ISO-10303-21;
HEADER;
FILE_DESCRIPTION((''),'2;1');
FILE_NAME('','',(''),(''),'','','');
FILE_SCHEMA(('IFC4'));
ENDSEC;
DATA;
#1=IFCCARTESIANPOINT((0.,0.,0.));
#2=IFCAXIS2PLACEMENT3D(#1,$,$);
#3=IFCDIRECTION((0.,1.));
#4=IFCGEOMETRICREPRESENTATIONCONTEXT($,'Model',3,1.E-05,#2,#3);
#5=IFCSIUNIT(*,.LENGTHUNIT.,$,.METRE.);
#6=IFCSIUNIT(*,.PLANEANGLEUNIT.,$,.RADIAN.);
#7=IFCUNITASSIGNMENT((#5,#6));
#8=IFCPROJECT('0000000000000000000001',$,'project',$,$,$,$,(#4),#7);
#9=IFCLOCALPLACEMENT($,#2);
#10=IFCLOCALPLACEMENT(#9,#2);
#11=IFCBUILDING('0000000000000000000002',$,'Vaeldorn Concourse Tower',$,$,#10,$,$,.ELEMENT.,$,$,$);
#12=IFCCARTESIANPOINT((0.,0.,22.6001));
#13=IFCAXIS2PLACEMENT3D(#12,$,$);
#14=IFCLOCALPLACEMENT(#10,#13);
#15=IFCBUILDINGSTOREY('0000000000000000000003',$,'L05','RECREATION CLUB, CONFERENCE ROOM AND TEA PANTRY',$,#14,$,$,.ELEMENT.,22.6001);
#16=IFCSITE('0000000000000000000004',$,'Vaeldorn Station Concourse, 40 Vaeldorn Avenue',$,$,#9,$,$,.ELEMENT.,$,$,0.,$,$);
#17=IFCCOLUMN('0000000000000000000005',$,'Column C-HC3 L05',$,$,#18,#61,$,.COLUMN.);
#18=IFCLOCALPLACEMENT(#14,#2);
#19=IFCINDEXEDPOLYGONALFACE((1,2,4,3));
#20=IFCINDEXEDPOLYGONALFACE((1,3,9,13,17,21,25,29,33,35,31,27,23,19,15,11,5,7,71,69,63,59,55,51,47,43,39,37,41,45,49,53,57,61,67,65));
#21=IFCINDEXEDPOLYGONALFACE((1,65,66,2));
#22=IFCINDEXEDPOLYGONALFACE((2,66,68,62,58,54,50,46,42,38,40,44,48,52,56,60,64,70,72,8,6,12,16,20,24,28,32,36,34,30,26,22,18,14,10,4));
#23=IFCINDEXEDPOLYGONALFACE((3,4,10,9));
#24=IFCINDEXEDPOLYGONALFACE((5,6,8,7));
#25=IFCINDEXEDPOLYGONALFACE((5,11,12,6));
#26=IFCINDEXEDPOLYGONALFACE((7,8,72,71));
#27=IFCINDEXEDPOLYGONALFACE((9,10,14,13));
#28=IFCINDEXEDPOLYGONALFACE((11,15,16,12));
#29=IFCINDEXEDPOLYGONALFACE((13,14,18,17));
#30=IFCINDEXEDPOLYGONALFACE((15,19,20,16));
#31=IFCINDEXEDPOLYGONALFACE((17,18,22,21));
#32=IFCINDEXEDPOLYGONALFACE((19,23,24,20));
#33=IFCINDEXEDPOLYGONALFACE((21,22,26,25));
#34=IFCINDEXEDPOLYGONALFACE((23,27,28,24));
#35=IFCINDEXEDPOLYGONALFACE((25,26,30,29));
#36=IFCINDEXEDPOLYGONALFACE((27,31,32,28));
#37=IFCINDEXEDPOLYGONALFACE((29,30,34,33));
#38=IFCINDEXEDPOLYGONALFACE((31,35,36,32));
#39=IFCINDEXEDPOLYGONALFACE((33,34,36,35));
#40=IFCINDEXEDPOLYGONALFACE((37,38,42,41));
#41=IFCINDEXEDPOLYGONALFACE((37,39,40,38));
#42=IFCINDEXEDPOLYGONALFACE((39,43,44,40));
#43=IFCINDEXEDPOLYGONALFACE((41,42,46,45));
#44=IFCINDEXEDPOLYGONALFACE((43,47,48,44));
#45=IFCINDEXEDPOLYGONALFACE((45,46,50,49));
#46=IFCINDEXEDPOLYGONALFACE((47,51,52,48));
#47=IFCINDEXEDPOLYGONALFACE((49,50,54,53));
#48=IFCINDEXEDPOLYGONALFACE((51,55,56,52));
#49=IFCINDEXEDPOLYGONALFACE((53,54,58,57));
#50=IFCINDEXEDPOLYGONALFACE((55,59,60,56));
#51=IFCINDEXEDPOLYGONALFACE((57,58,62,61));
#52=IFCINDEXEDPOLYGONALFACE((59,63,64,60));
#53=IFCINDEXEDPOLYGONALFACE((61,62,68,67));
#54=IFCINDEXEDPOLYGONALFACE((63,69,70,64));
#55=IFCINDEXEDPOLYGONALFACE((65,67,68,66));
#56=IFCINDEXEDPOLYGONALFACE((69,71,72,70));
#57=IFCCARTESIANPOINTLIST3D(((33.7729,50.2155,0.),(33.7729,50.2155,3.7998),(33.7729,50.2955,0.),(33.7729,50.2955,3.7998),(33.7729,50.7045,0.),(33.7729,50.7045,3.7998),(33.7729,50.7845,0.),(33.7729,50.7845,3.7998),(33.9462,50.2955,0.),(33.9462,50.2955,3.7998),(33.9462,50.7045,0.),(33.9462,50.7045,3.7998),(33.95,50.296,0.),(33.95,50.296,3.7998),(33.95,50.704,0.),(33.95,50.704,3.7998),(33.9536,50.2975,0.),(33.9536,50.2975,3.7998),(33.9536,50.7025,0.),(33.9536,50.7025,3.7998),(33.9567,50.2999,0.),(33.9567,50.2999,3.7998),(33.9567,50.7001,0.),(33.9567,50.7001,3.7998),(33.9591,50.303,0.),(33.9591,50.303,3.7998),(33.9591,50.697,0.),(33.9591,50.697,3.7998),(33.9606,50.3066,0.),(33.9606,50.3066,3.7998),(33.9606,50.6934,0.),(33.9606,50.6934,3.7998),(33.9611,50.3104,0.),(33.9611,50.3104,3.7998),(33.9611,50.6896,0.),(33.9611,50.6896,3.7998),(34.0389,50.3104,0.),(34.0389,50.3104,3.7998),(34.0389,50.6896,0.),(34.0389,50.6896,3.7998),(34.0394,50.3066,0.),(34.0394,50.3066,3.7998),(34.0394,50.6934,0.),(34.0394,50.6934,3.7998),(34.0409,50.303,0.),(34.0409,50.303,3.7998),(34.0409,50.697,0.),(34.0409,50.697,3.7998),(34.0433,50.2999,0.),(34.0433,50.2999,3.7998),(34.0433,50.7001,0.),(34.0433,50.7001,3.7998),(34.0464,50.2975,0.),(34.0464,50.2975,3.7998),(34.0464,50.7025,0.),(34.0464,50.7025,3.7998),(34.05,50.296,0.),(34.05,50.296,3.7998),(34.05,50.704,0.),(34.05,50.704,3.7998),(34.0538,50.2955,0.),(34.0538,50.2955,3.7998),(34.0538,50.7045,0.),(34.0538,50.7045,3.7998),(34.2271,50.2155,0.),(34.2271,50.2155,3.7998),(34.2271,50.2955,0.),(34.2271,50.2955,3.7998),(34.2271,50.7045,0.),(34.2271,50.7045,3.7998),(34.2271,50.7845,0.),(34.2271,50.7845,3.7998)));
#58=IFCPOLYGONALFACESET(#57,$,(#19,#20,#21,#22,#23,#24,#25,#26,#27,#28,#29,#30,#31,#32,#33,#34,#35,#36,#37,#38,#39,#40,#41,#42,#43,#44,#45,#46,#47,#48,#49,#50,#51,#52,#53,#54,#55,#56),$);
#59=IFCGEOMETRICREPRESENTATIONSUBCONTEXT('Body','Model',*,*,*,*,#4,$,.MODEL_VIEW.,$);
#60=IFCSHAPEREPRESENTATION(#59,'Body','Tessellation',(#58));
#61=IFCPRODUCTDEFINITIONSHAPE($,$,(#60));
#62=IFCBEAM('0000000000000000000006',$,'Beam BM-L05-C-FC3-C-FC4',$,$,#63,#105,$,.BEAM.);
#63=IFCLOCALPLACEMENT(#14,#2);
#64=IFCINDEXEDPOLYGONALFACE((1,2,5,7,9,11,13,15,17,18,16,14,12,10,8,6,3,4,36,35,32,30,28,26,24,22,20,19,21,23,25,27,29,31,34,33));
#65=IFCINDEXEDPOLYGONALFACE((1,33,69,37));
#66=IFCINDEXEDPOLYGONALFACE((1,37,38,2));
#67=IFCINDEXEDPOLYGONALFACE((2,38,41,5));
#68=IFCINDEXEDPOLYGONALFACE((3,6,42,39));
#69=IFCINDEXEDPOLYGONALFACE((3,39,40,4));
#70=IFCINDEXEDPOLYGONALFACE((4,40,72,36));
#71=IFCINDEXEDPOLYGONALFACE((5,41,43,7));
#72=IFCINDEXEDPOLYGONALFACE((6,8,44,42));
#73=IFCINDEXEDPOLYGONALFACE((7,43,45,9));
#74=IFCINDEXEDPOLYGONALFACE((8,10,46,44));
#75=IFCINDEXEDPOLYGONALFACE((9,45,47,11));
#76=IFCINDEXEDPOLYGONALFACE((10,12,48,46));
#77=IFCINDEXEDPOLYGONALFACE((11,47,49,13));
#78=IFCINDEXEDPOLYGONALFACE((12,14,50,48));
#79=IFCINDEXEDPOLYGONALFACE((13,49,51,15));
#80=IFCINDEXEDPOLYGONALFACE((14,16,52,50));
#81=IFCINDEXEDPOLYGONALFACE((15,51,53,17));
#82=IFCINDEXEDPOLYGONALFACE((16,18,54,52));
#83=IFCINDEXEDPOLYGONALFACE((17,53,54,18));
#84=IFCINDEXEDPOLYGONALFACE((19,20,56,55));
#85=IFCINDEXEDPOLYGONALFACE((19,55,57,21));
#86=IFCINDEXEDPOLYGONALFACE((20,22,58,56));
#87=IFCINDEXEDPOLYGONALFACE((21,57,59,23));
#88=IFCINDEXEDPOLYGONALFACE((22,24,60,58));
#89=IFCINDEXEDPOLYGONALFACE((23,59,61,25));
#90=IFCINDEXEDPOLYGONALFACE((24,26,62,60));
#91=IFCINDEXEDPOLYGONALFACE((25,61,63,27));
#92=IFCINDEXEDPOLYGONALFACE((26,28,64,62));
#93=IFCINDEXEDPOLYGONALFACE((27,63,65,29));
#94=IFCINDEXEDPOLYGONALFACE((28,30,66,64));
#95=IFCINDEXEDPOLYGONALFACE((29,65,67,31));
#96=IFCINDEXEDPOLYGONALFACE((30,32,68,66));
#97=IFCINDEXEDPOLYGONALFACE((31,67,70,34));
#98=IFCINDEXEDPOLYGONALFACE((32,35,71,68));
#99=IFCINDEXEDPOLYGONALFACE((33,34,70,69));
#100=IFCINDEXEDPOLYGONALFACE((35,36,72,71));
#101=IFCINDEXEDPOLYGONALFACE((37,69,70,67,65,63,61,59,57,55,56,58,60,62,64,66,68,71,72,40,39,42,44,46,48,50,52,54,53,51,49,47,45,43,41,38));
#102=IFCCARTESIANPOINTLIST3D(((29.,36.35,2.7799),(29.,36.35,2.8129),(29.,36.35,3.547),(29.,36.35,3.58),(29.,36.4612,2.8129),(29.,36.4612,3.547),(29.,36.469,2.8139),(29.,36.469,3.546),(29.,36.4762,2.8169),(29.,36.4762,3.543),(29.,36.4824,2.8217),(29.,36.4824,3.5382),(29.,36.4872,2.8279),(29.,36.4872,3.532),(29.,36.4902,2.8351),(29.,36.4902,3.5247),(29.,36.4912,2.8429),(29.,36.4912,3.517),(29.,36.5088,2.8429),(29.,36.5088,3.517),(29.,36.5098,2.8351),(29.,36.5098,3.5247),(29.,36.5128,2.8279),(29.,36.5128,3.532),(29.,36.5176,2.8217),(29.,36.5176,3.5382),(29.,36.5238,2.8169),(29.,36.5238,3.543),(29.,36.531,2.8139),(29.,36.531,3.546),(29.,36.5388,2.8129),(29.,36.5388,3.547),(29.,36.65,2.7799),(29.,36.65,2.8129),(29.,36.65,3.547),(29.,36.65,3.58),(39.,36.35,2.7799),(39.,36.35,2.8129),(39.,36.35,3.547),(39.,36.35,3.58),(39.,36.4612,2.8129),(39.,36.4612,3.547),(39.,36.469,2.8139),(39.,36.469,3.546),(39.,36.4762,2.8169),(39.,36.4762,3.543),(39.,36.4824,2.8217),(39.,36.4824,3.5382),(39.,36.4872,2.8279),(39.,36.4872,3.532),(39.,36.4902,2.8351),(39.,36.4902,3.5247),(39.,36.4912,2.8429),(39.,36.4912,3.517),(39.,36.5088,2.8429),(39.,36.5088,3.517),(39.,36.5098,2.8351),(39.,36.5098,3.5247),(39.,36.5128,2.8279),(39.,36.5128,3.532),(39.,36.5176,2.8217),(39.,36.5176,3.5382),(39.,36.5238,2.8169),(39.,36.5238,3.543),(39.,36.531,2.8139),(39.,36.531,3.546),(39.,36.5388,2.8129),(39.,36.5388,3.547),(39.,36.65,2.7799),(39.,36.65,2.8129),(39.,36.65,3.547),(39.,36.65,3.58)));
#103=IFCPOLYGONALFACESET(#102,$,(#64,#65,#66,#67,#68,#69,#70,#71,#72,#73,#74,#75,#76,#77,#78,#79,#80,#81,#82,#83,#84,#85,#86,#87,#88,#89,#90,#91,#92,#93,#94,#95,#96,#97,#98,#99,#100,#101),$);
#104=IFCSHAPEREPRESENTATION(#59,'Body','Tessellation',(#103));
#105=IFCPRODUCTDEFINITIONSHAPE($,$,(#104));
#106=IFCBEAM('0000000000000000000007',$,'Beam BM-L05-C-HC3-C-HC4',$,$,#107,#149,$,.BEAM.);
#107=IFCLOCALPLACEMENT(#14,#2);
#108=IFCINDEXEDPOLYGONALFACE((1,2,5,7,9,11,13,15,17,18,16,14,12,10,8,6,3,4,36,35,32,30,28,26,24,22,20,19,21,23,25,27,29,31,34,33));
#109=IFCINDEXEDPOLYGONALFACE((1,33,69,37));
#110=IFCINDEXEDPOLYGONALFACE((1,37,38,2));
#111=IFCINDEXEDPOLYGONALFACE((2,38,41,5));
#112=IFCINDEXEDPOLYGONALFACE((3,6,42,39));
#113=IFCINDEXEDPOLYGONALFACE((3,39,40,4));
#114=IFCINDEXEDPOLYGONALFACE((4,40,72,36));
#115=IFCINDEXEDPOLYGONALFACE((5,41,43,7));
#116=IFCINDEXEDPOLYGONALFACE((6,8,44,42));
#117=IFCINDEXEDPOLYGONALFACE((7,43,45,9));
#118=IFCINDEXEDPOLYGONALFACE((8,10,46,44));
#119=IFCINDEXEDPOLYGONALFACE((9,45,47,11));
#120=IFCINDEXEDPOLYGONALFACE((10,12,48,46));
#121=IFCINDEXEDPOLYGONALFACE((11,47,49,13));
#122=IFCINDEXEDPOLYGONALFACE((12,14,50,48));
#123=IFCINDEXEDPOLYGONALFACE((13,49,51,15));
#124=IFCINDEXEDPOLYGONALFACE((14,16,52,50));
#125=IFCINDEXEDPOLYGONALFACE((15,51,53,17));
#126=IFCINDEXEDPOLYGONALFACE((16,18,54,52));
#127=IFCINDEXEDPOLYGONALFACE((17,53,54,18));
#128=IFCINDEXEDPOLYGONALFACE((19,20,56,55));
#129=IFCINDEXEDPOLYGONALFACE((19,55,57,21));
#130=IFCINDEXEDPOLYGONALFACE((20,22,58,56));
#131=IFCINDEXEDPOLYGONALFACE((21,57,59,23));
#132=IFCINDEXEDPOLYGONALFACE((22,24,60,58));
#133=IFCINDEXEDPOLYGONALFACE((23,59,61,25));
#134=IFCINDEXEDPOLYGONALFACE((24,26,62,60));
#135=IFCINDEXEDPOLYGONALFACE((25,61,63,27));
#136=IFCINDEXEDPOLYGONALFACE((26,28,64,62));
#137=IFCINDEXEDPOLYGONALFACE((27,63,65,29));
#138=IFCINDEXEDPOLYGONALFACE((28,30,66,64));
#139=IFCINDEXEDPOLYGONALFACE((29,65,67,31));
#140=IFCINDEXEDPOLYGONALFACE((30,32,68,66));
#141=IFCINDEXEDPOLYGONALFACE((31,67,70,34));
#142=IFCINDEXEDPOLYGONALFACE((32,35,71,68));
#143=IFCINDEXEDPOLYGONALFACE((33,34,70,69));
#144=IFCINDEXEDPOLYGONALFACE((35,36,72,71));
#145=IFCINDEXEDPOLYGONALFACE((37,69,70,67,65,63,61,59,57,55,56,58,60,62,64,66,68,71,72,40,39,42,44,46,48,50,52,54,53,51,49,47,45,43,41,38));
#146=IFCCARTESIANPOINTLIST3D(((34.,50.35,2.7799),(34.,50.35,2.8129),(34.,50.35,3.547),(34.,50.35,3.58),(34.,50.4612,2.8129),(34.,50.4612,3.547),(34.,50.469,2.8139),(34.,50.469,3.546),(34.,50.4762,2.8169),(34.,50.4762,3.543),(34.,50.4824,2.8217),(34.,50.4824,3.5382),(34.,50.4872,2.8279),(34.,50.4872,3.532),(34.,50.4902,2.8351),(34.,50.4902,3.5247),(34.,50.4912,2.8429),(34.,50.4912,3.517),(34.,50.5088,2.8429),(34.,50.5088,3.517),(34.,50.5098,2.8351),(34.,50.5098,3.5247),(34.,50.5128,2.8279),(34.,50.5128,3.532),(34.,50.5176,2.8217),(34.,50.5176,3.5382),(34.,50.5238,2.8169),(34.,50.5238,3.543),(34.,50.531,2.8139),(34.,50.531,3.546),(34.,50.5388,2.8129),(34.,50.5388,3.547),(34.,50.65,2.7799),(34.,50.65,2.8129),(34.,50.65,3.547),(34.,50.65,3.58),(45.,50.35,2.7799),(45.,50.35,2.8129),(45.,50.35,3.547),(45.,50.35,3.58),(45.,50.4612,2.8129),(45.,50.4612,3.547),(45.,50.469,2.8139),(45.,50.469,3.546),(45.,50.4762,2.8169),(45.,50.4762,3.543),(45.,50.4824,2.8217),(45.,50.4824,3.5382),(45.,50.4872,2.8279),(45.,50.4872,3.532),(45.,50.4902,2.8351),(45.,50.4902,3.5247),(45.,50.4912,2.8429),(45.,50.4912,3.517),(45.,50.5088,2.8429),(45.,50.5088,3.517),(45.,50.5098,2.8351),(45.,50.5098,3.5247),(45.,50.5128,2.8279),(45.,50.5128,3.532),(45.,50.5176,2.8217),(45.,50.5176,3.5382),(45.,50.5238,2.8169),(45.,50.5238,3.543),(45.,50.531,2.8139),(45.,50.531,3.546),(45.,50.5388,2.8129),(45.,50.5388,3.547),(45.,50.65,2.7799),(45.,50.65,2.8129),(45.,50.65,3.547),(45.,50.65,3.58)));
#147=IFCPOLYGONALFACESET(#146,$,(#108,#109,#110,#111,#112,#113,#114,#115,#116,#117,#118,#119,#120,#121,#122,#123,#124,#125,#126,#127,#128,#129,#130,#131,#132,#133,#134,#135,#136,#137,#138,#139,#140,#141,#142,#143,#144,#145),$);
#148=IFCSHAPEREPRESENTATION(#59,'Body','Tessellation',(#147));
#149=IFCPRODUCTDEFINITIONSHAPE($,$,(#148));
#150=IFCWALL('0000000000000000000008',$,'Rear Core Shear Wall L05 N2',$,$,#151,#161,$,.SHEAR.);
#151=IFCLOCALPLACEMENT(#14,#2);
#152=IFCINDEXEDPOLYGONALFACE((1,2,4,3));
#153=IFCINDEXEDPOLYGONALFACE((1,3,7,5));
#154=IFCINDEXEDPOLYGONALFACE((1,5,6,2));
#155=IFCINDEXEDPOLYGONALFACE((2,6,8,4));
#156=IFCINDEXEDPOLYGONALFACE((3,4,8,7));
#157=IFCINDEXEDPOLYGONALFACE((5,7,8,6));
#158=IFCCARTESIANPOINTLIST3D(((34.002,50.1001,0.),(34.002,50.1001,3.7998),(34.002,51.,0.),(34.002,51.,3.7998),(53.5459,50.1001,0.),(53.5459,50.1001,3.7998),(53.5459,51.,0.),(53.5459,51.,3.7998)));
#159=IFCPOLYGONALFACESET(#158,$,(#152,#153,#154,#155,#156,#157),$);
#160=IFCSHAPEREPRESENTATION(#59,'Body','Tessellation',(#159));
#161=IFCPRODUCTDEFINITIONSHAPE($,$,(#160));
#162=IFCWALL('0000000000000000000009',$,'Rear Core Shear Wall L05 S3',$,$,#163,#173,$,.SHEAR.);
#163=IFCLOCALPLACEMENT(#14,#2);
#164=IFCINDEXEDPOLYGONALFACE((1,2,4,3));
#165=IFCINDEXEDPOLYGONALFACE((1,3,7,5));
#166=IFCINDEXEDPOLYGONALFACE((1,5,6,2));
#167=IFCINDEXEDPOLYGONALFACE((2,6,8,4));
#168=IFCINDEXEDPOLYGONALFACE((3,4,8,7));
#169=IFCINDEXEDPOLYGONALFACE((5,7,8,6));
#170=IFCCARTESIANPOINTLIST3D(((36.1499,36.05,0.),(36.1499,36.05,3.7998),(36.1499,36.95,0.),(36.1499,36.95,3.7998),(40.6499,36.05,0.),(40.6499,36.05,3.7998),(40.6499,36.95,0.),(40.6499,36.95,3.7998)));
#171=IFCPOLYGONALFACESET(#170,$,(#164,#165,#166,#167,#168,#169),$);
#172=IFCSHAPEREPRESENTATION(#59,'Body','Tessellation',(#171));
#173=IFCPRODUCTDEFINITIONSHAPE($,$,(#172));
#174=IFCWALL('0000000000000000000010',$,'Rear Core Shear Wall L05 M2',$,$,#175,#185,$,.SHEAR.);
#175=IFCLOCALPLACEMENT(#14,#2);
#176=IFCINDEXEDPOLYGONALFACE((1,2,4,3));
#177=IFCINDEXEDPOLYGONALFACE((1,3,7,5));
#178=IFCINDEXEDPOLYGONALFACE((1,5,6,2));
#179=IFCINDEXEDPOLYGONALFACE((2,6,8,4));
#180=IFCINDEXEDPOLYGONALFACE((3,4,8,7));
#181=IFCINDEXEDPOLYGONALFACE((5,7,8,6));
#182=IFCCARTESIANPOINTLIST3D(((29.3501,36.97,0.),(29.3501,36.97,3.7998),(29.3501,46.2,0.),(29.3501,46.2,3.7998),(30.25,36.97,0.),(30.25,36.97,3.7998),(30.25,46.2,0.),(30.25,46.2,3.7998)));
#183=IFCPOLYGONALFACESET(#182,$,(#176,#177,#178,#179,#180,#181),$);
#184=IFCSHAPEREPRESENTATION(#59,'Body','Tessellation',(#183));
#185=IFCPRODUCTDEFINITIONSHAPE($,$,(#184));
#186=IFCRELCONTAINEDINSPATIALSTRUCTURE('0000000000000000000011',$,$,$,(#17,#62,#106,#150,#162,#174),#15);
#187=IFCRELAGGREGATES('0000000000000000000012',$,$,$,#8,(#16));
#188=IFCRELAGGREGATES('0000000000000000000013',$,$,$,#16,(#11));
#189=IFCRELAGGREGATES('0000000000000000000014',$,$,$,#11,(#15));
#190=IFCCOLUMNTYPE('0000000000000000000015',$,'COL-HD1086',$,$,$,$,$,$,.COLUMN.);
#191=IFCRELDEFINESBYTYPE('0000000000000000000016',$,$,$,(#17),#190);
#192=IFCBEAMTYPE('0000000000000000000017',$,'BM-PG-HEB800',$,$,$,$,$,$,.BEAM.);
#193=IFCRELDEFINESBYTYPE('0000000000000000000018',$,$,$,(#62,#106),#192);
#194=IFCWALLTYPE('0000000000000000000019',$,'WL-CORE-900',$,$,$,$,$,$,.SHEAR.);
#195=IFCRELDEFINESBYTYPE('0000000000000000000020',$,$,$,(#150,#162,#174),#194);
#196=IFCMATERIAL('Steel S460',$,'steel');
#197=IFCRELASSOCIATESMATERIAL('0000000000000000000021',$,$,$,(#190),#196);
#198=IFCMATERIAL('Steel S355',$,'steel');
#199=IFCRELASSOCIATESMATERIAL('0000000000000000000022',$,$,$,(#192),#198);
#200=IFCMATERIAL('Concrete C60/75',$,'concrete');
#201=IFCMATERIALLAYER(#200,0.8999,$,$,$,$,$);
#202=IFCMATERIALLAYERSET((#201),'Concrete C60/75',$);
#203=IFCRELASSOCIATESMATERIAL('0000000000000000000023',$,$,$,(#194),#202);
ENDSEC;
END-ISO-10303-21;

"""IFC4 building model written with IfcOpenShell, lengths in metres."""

from ifc_helpers import new_model, si_unit, direction, frame, frame_2d, origin, origin_2d, place, context, subcontext, project, spatial, rectangle, i_section, extrude, source, transform, mapped, material, layer, layer_set, material_profile, profile_set, type_object, element, save


model = new_model("IFC4")

# Units and contexts
model_context = context("Model", 3, precision=1e-05, world=origin(), true_north=direction((0.0, 1.0)))
body_context = subcontext(model_context, "Body", "Model", "MODEL_VIEW")
ifc_project = project(units=[si_unit("LENGTHUNIT", "METRE"), si_unit("PLANEANGLEUNIT", "RADIAN")], contexts=[model_context])

# Site, building, storey
site_placement = place(None, origin())
site = spatial("IfcSite", under=ifc_project, at=site_placement, Name="Vaeldorn Station Concourse, 40 Vaeldorn Avenue", CompositionType="ELEMENT", RefElevation=0.0)
building_placement = place(site_placement, origin())
building = spatial("IfcBuilding", under=site, at=building_placement, Name="Vaeldorn Concourse Tower", CompositionType="ELEMENT")
storey_placement = place(building_placement, frame((0.0, 0.0, 22.6001)))
storey = spatial("IfcBuildingStorey", under=building, at=storey_placement, Name="L05", Description="RECREATION CLUB, CONFERENCE ROOM AND TEA PANTRY", CompositionType="ELEMENT", Elevation=22.6001)

# Column
ifc_material_1 = material(Name="Steel S460", Category="steel")
ifc_material_profile_1 = material_profile(ifc_material_1, i_section(OverallWidth=0.4541, OverallDepth=0.5691, WebThickness=0.0779, FlangeThickness=0.0801, FilletRadius=0.0149, at=origin_2d()), Name="HD 400x1086")
ifc_profile_set_1 = profile_set([ifc_material_profile_1], Name="Steel S460")
column_type = type_object("IfcColumnType", Name="COL-HD1086", PredefinedType="COLUMN", material=ifc_profile_set_1)
shared_shape_1 = source(origin(), body_context, "Body", "SweptSolid", [
    extrude(i_section(OverallWidth=0.4541, OverallDepth=0.5691, WebThickness=0.0779, FlangeThickness=0.0801, FilletRadius=0.0149, at=origin_2d()), origin(), (0.0, 0.0, 1.0), 3.7998),
])
column_placement = place(storey_placement, frame((34.0, 50.5, 0.0), z_axis=(0.0, 0.0, 1.0), x_axis=(1.0, 0.0, 0.0)))
element("IfcColumn", 1, at=column_placement, inside=storey, type_object=column_type, Name="Column C-HC3 L05", PredefinedType="COLUMN", context=body_context, shape_type="MappedRepresentation", body=[
    mapped(shared_shape_1, transform((0.0, 0.0, 0.0), scale=1.0)),
])

# Beams
ifc_material_2 = material(Name="Steel S355", Category="steel")
ifc_material_profile_2 = material_profile(ifc_material_2, i_section(OverallWidth=0.3, OverallDepth=0.8, WebThickness=0.0176, FlangeThickness=0.033, FilletRadius=0.03, at=origin_2d()), Name="HEB 800")
ifc_profile_set_2 = profile_set([ifc_material_profile_2], Name="Steel S355")
beam_type = type_object("IfcBeamType", Name="BM-PG-HEB800", PredefinedType="BEAM", material=ifc_profile_set_2)
shared_shape_2 = source(origin(), body_context, "Body", "SweptSolid", [
    extrude(i_section(OverallWidth=0.3, OverallDepth=0.8, WebThickness=0.0176, FlangeThickness=0.033, FilletRadius=0.03, at=origin_2d()), origin(), (0.0, 0.0, 1.0), 10.0),
])
beam_1_placement = place(storey_placement, frame((29.0, 36.5, 3.1799), z_axis=(1.0, 0.0, 0.0), x_axis=(0.0, 1.0, 0.0)))
element("IfcBeam", 2, at=beam_1_placement, inside=storey, type_object=beam_type, Name="Beam BM-L05-C-FC3-C-FC4", PredefinedType="BEAM", context=body_context, shape_type="MappedRepresentation", body=[
    mapped(shared_shape_2, transform((0.0, 0.0, 0.0), scale=1.0)),
])
shared_shape_3 = source(origin(), body_context, "Body", "SweptSolid", [
    extrude(i_section(OverallWidth=0.3, OverallDepth=0.8, WebThickness=0.0176, FlangeThickness=0.033, FilletRadius=0.03, at=origin_2d()), origin(), (0.0, 0.0, 1.0), 11.0),
])
beam_2_placement = place(storey_placement, frame((34.0, 50.5, 3.1799), z_axis=(1.0, 0.0, 0.0), x_axis=(0.0, 1.0, 0.0)))
element("IfcBeam", 3, at=beam_2_placement, inside=storey, type_object=beam_type, Name="Beam BM-L05-C-HC3-C-HC4", PredefinedType="BEAM", context=body_context, shape_type="MappedRepresentation", body=[
    mapped(shared_shape_3, transform((0.0, 0.0, 0.0), scale=1.0)),
])

# Walls
ifc_material_3 = material(Name="Concrete C60/75", Category="concrete")
ifc_layer_1 = layer(ifc_material_3, 0.8999)
ifc_layer_set_1 = layer_set([ifc_layer_1], Name="Concrete C60/75")
wall_type_1 = type_object("IfcWallType", Name="WL-CORE-900", PredefinedType="SHEAR", material=ifc_layer_set_1)
wall_1_placement = place(storey_placement, frame((34.002, 50.55, 0.0), z_axis=(0.0, 0.0, 1.0), x_axis=(1.0, 0.0, 0.0)))
element("IfcWall", 4, at=wall_1_placement, inside=storey, type_object=wall_type_1, Name="Rear Core Shear Wall L05 N2", PredefinedType="SHEAR", context=body_context, shape_type="SweptSolid", body=[
    extrude(rectangle(XDim=19.5439, YDim=0.8999, at=frame_2d((9.772, 0.0))), origin(), (0.0, 0.0, 1.0), 3.7998),
])
wall_2_placement = place(storey_placement, frame((36.1499, 36.5, 0.0), z_axis=(0.0, 0.0, 1.0), x_axis=(1.0, 0.0, 0.0)))
element("IfcWall", 5, at=wall_2_placement, inside=storey, type_object=wall_type_1, Name="Rear Core Shear Wall L05 S3", PredefinedType="SHEAR", context=body_context, shape_type="SweptSolid", body=[
    extrude(rectangle(XDim=4.5, YDim=0.8999, at=frame_2d((2.25, 0.0))), origin(), (0.0, 0.0, 1.0), 3.7998),
])
for number, where, z_axis, x_axis, name in (
    (6, (29.8, 36.97, 0.0), (0.0, 0.0, 1.0), (0.0, 1.0, 0.0), "Rear Core Shear Wall L05 M2"),
):
    element("IfcWall", number, at=place(storey_placement, frame(where, z_axis=z_axis, x_axis=x_axis)), inside=storey, type_object=wall_type_1, Name=name, PredefinedType="SHEAR", context=body_context, shape_type="SweptSolid", body=[
        extrude(rectangle(XDim=9.23, YDim=0.8999, at=frame_2d((4.615, 0.0))), origin(), (0.0, 0.0, 1.0), 3.7998),
    ])

save(model, "model.ifc")
